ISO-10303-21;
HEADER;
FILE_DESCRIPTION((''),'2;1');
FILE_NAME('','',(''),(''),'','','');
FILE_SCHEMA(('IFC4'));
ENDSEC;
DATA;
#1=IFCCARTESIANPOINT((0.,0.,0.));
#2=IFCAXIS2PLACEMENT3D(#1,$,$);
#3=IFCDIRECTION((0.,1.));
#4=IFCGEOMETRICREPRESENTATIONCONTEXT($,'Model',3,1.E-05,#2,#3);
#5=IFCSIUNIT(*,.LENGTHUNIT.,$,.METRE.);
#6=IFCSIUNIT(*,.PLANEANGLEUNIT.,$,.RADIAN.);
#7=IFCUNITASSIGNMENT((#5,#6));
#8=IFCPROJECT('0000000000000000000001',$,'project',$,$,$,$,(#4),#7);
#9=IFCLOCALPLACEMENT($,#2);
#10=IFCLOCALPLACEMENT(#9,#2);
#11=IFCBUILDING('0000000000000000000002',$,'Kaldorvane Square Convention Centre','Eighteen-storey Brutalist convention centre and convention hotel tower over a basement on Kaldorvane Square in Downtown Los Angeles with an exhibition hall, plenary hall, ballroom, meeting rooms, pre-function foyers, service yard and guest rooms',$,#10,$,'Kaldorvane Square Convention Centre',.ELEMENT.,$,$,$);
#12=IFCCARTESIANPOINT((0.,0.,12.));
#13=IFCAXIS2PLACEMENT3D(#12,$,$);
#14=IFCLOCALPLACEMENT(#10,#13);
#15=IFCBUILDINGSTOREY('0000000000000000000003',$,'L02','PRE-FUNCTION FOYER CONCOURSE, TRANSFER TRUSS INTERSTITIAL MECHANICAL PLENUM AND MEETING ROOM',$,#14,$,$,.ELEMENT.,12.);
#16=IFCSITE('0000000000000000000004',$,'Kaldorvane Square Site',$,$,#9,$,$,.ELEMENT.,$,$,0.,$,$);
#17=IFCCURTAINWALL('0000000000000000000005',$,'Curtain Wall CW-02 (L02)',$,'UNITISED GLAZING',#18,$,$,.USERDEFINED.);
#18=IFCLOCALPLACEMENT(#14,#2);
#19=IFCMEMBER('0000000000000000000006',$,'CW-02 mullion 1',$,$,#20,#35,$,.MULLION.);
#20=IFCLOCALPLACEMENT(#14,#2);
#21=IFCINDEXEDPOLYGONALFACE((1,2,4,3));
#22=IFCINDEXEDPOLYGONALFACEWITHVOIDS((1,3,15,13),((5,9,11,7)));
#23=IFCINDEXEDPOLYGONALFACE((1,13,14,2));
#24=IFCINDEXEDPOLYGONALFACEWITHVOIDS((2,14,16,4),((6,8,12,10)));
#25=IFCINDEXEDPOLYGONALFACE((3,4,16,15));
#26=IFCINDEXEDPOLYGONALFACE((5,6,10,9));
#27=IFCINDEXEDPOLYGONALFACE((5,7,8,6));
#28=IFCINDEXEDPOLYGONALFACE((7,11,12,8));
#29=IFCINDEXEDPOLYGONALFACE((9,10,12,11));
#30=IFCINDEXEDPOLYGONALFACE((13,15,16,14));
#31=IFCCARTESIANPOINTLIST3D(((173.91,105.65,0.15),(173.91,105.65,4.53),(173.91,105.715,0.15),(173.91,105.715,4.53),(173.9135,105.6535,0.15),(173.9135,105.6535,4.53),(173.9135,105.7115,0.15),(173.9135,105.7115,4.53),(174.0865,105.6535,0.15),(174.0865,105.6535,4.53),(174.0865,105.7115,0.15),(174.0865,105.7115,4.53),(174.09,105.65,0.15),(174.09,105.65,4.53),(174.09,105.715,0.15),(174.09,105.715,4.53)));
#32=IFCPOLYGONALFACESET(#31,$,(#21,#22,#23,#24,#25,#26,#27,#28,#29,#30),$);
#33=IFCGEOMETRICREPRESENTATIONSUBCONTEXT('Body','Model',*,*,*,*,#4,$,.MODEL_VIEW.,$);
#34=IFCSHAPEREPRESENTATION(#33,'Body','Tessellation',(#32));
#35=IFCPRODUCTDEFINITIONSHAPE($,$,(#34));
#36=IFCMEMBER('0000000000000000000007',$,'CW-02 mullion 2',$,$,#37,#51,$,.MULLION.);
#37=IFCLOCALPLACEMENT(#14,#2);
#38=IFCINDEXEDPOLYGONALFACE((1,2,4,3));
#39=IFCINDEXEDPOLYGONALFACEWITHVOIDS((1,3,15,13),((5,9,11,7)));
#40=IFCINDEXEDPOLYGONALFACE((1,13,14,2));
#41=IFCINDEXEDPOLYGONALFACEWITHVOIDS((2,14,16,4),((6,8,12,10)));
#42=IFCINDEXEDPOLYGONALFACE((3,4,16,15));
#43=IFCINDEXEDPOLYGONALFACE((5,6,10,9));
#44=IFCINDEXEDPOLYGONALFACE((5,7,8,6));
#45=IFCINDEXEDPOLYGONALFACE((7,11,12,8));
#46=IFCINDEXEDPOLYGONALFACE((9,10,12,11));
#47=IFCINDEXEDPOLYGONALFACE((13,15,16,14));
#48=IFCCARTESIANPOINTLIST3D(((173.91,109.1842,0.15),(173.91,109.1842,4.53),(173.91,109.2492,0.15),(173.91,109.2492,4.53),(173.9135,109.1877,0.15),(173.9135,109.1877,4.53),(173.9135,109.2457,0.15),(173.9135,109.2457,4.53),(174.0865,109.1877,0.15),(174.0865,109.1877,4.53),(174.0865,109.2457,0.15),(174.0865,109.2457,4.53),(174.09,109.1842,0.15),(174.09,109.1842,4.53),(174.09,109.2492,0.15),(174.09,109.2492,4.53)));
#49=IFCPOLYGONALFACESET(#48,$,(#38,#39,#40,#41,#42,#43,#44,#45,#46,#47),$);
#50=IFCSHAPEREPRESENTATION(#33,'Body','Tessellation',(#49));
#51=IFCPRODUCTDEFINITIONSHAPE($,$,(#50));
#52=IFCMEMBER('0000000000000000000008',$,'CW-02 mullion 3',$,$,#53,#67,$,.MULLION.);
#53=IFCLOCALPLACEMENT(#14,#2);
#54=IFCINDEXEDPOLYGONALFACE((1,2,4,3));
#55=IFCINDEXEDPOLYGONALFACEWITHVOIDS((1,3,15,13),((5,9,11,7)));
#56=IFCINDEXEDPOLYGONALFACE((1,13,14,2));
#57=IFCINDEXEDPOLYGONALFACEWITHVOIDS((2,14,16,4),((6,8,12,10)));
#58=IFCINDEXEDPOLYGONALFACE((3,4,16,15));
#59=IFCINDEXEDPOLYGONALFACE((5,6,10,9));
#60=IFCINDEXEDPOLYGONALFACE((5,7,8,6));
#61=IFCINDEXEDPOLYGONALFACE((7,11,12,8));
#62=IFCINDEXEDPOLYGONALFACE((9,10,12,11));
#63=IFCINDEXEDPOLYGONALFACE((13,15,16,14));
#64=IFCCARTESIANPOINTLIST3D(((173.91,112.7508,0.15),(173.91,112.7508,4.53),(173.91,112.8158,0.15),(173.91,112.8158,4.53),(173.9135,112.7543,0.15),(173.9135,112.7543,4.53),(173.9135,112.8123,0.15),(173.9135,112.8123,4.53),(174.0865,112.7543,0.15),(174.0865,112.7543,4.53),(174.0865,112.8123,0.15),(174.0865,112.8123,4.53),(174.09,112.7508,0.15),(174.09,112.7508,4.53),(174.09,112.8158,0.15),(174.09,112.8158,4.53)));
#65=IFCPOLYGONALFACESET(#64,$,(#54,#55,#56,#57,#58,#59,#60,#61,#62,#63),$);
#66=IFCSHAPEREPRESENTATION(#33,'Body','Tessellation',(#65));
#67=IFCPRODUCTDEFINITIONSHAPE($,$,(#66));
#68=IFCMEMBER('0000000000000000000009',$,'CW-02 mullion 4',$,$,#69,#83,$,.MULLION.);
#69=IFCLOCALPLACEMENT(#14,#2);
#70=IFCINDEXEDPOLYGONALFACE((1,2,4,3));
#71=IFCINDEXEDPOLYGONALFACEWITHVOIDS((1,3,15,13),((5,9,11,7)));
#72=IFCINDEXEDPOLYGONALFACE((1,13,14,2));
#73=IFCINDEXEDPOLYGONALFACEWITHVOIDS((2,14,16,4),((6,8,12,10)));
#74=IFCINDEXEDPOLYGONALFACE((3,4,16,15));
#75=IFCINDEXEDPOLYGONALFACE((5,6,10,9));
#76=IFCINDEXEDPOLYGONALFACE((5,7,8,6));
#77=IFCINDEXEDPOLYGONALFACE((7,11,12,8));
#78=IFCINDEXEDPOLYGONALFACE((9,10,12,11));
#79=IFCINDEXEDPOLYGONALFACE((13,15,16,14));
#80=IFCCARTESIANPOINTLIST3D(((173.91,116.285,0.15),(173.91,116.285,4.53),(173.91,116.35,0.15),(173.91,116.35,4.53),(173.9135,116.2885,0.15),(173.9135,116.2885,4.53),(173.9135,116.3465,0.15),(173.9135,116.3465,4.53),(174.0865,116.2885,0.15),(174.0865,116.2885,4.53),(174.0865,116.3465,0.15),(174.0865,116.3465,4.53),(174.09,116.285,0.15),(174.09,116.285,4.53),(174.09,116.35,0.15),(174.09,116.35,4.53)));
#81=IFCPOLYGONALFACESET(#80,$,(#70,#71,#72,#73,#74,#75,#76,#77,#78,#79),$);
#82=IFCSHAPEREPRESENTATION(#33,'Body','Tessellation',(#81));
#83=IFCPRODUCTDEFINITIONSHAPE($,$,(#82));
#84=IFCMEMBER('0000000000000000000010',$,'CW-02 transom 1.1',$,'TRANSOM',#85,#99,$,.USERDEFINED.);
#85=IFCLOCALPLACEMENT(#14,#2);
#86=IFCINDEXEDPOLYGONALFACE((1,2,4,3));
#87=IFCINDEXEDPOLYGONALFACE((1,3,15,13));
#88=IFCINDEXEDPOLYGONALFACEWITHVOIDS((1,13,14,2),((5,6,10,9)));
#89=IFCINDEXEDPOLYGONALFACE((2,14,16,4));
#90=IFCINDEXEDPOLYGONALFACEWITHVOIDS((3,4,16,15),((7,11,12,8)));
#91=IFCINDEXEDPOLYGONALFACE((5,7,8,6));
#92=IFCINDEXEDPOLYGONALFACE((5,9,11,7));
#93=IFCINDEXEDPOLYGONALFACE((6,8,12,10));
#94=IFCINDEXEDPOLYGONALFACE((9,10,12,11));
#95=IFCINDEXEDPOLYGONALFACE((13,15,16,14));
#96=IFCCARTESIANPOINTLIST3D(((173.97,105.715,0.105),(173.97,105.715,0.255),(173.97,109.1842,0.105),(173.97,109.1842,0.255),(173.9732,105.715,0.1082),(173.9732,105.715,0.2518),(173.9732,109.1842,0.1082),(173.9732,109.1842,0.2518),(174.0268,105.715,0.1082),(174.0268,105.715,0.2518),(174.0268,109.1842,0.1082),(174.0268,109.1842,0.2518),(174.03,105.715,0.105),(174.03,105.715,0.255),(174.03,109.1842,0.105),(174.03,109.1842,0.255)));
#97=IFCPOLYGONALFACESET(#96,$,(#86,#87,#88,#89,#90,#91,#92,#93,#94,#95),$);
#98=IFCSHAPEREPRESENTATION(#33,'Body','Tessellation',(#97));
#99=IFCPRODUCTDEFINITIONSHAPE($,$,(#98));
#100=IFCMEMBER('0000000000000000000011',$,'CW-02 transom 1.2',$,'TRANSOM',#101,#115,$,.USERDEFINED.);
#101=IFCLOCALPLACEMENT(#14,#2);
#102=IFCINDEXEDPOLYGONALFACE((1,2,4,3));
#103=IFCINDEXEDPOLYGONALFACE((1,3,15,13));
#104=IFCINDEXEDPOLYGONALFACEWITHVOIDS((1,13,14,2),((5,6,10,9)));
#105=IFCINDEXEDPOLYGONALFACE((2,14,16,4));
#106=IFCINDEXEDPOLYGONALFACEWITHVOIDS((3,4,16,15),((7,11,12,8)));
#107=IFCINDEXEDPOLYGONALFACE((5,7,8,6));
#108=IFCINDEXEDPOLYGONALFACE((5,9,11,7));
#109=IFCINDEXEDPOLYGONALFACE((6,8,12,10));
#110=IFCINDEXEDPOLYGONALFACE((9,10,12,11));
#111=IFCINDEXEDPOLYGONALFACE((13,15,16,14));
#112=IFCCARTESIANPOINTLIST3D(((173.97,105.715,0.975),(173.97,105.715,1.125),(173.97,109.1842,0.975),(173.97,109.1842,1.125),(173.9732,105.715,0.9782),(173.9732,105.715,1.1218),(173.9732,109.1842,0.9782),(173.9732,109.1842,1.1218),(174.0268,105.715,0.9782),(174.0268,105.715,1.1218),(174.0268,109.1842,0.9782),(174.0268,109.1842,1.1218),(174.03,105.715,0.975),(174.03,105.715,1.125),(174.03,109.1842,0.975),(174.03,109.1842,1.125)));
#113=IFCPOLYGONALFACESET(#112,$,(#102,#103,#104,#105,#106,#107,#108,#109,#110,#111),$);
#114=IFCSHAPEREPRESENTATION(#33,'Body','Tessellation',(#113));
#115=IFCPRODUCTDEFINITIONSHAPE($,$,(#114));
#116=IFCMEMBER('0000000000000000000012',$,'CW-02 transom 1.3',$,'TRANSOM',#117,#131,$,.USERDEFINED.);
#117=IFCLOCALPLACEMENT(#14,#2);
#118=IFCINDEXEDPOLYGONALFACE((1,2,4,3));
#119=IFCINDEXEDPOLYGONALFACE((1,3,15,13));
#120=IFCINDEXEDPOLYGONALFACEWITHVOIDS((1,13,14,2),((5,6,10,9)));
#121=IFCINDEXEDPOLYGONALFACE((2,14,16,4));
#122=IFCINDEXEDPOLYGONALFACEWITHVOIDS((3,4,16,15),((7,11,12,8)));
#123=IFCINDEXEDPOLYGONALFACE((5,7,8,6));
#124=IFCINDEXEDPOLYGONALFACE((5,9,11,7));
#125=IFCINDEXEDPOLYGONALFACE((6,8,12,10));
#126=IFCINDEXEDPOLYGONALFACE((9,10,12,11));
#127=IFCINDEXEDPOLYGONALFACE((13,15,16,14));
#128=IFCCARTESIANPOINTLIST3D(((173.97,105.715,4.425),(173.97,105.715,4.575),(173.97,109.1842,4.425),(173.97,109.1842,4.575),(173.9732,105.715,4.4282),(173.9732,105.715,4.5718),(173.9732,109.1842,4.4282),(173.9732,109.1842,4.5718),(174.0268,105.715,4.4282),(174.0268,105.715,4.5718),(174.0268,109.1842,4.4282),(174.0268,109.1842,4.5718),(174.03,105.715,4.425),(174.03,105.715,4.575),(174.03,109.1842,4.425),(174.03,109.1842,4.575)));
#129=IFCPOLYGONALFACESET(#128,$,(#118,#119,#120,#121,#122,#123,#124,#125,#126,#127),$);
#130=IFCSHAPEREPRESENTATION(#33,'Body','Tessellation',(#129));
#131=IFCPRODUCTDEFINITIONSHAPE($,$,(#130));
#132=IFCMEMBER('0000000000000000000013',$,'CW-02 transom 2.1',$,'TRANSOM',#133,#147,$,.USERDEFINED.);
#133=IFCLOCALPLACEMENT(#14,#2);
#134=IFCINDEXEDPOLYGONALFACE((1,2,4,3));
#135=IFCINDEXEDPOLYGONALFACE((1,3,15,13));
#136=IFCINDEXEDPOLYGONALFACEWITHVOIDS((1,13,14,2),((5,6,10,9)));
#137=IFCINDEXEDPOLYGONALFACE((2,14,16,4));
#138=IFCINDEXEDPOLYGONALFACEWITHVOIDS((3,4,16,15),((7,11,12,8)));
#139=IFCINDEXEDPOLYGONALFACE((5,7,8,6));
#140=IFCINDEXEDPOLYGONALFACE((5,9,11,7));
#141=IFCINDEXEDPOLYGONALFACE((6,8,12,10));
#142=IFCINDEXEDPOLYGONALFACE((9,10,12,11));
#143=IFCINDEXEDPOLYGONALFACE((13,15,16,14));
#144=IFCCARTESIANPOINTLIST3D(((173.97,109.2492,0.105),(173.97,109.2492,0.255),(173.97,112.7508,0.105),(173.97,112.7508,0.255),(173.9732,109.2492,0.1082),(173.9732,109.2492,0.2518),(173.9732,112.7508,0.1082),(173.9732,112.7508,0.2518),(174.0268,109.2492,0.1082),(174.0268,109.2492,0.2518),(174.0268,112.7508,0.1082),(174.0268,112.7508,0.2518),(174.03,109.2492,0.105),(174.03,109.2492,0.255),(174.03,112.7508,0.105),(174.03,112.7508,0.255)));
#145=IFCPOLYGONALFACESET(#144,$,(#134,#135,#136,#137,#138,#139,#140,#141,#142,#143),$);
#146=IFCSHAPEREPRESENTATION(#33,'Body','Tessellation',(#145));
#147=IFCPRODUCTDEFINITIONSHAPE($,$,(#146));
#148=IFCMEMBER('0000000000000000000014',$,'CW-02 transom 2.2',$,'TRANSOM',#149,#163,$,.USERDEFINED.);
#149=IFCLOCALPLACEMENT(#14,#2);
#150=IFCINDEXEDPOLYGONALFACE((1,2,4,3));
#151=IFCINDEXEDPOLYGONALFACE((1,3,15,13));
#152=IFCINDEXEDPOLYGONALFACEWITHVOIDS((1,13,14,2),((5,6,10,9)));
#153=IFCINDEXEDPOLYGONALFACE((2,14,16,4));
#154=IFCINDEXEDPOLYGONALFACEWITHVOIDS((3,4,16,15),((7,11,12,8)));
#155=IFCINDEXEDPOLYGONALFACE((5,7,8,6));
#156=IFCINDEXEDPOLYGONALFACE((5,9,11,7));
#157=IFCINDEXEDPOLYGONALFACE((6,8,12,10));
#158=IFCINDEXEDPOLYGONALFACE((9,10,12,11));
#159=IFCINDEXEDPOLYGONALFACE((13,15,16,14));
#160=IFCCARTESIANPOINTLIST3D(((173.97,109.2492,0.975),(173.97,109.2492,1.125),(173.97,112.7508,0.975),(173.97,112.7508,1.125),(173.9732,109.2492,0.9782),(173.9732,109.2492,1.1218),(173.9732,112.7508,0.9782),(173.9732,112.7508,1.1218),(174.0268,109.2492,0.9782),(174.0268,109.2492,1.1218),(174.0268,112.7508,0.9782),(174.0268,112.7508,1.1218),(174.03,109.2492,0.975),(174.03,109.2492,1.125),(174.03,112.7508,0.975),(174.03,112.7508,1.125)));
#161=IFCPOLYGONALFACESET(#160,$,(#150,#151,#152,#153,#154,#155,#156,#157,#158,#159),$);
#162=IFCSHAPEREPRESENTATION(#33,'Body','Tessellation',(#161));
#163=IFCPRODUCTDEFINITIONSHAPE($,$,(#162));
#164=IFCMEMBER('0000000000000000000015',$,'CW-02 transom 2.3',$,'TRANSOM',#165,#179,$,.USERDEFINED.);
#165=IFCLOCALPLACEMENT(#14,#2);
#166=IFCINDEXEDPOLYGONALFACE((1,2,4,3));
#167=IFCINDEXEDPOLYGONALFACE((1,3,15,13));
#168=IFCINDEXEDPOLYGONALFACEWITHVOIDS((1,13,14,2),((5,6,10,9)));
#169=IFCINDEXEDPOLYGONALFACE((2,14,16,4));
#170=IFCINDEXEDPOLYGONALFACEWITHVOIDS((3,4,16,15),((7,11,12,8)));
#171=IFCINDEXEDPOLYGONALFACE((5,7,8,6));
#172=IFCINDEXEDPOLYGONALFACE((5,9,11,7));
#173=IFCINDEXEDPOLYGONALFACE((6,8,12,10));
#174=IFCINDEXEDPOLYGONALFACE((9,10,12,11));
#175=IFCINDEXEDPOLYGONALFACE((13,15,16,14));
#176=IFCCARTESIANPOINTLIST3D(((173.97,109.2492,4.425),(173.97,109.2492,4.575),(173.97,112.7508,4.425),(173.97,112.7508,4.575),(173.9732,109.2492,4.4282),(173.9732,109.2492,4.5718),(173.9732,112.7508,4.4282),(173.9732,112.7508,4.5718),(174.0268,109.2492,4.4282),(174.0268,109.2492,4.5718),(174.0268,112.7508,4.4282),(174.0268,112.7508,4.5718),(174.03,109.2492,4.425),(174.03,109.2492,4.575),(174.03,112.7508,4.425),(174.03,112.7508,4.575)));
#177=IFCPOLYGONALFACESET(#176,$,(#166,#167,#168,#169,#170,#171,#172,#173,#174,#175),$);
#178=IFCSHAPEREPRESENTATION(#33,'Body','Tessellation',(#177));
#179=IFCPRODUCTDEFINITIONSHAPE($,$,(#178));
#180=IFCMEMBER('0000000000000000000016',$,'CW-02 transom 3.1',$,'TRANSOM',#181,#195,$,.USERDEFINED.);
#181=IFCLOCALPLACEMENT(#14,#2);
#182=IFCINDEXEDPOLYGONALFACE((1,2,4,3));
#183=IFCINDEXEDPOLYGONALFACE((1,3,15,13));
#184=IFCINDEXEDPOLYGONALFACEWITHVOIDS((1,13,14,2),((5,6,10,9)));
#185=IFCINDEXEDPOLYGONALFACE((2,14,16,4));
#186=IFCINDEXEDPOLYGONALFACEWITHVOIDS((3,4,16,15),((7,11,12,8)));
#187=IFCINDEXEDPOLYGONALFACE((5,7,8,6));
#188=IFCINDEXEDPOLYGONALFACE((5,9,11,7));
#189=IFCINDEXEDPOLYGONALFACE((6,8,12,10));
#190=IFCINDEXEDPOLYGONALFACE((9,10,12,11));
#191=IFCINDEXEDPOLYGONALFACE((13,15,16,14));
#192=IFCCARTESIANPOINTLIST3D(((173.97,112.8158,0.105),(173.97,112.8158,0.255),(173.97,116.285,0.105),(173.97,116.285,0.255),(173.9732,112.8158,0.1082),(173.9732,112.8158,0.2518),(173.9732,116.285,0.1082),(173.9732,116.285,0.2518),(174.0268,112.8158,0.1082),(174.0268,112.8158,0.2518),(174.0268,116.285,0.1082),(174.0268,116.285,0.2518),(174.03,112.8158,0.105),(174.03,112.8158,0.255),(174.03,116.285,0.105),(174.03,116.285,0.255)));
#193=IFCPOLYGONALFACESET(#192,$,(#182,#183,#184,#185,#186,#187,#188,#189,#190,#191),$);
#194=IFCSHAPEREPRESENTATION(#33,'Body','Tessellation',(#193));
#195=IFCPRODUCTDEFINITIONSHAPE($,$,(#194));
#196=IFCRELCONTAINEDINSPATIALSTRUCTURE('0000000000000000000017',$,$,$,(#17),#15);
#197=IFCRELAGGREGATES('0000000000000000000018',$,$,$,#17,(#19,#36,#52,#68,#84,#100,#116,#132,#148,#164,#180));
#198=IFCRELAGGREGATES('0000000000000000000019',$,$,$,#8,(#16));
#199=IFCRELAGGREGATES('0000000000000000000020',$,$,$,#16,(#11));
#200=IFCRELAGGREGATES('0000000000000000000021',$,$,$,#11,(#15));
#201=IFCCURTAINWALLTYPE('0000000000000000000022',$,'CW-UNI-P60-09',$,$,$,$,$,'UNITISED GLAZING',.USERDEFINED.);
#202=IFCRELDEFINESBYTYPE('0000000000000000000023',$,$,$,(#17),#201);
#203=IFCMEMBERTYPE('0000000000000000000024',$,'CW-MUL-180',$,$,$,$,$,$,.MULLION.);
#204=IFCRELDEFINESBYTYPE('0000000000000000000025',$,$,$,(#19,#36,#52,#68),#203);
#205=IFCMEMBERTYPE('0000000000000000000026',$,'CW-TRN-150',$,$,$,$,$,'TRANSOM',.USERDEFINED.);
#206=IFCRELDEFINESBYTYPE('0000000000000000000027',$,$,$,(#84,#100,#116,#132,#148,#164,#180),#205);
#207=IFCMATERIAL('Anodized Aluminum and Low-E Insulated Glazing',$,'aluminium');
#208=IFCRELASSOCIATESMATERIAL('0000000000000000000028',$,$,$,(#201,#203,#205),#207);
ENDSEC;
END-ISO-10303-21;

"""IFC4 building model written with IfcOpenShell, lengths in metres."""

from ifc_helpers import new_model, si_unit, direction, frame, origin, origin_2d, place, context, subcontext, project, spatial, hollow_rectangle, extrude, material, material_profile, profile_set, type_object, element, aggregate, save


model = new_model("IFC4")

# Units and contexts
model_context = context("Model", 3, precision=1e-05, world=origin(), true_north=direction((0.0, 1.0)))
body_context = subcontext(model_context, "Body", "Model", "MODEL_VIEW")
ifc_project = project(units=[si_unit("LENGTHUNIT", "METRE"), si_unit("PLANEANGLEUNIT", "RADIAN")], contexts=[model_context])

# Site, building, storey
site_placement = place(None, origin())
site = spatial("IfcSite", under=ifc_project, at=site_placement, Name="Kaldorvane Square Site", CompositionType="ELEMENT", RefElevation=0.0)
building_placement = place(site_placement, origin())
building = spatial("IfcBuilding", under=site, at=building_placement, Name="Kaldorvane Square Convention Centre", Description="Eighteen-storey Brutalist convention centre and convention hotel tower over a basement on Kaldorvane Square in Downtown Los Angeles with an exhibition hall, plenary hall, ballroom, meeting rooms, pre-function foyers, service yard and guest rooms", LongName="Kaldorvane Square Convention Centre", CompositionType="ELEMENT")
storey_placement = place(building_placement, frame((0.0, 0.0, 12.0)))
storey = spatial("IfcBuildingStorey", under=building, at=storey_placement, Name="L02", Description="PRE-FUNCTION FOYER CONCOURSE, TRANSFER TRUSS INTERSTITIAL MECHANICAL PLENUM AND MEETING ROOM", CompositionType="ELEMENT", Elevation=12.0)

# Curtain wall, members
ifc_material_1 = material(Name="Anodized Aluminum and Low-E Insulated Glazing", Category="aluminium")
curtain_wall_type = type_object("IfcCurtainWallType", Name="CW-UNI-P60-09", ElementType="UNITISED GLAZING", PredefinedType="USERDEFINED", material=ifc_material_1)
curtain_wall_placement = place(storey_placement, origin())
curtain_wall = element("IfcCurtainWall", 1, at=curtain_wall_placement, inside=storey, type_object=curtain_wall_type, Name="Curtain Wall CW-02 (L02)", ObjectType="UNITISED GLAZING", PredefinedType="USERDEFINED")
ifc_material_profile_1 = material_profile(ifc_material_1, hollow_rectangle(XDim=0.065, YDim=0.18, WallThickness=0.0035, at=origin_2d()), Name="CWM-180X65")
ifc_profile_set_1 = profile_set([ifc_material_profile_1], Name="Anodized Aluminum and Low-E Insulated Glazing")
member_type_1 = type_object("IfcMemberType", Name="CW-MUL-180", PredefinedType="MULLION", material=ifc_profile_set_1)
member_1_placement = place(storey_placement, frame((174.0, 105.6825, 0.15), z_axis=(0.0, 0.0, 1.0), x_axis=(0.0, 1.0, 0.0)))
member_1 = element("IfcMember", 2, at=member_1_placement, type_object=member_type_1, Name="CW-02 mullion 1", PredefinedType="MULLION", context=body_context, shape_type="SweptSolid", body=[
    extrude(hollow_rectangle(XDim=0.065, YDim=0.18, WallThickness=0.0035, at=origin_2d()), origin(), (0.0, 0.0, 1.0), 4.38),
])
member_2_placement = place(storey_placement, frame((174.0, 109.2167, 0.15), z_axis=(0.0, 0.0, 1.0), x_axis=(0.0, 1.0, 0.0)))
member_2 = element("IfcMember", 3, at=member_2_placement, type_object=member_type_1, Name="CW-02 mullion 2", PredefinedType="MULLION", context=body_context, shape_type="SweptSolid", body=[
    extrude(hollow_rectangle(XDim=0.065, YDim=0.18, WallThickness=0.0035, at=origin_2d()), origin(), (0.0, 0.0, 1.0), 4.38),
])
member_3_placement = place(storey_placement, frame((174.0, 112.7833, 0.15), z_axis=(0.0, 0.0, 1.0), x_axis=(0.0, 1.0, 0.0)))
member_3 = element("IfcMember", 4, at=member_3_placement, type_object=member_type_1, Name="CW-02 mullion 3", PredefinedType="MULLION", context=body_context, shape_type="SweptSolid", body=[
    extrude(hollow_rectangle(XDim=0.065, YDim=0.18, WallThickness=0.0035, at=origin_2d()), origin(), (0.0, 0.0, 1.0), 4.38),
])
member_4_placement = place(storey_placement, frame((174.0, 116.3175, 0.15), z_axis=(0.0, 0.0, 1.0), x_axis=(0.0, 1.0, 0.0)))
member_4 = element("IfcMember", 5, at=member_4_placement, type_object=member_type_1, Name="CW-02 mullion 4", PredefinedType="MULLION", context=body_context, shape_type="SweptSolid", body=[
    extrude(hollow_rectangle(XDim=0.065, YDim=0.18, WallThickness=0.0035, at=origin_2d()), origin(), (0.0, 0.0, 1.0), 4.38),
])
ifc_material_profile_2 = material_profile(ifc_material_1, hollow_rectangle(XDim=0.06, YDim=0.15, WallThickness=0.0032, at=origin_2d()), Name="CWT-150X60")
ifc_profile_set_2 = profile_set([ifc_material_profile_2], Name="Anodized Aluminum and Low-E Insulated Glazing")
member_type_2 = type_object("IfcMemberType", Name="CW-TRN-150", ElementType="TRANSOM", PredefinedType="USERDEFINED", material=ifc_profile_set_2)
member_5_placement = place(storey_placement, frame((174.0, 105.715, 0.18), z_axis=(0.0, 1.0, 0.0), x_axis=(-1.0, 0.0, 0.0)))
member_5 = element("IfcMember", 6, at=member_5_placement, type_object=member_type_2, Name="CW-02 transom 1.1", ObjectType="TRANSOM", PredefinedType="USERDEFINED", context=body_context, shape_type="SweptSolid", body=[
    extrude(hollow_rectangle(XDim=0.06, YDim=0.15, WallThickness=0.0032, at=origin_2d()), origin(), (0.0, 0.0, 1.0), 3.4692),
])
member_6_placement = place(storey_placement, frame((174.0, 105.715, 1.05), z_axis=(0.0, 1.0, 0.0), x_axis=(-1.0, 0.0, 0.0)))
member_6 = element("IfcMember", 7, at=member_6_placement, type_object=member_type_2, Name="CW-02 transom 1.2", ObjectType="TRANSOM", PredefinedType="USERDEFINED", context=body_context, shape_type="SweptSolid", body=[
    extrude(hollow_rectangle(XDim=0.06, YDim=0.15, WallThickness=0.0032, at=origin_2d()), origin(), (0.0, 0.0, 1.0), 3.4692),
])
member_7_placement = place(storey_placement, frame((174.0, 105.715, 4.5), z_axis=(0.0, 1.0, 0.0), x_axis=(-1.0, 0.0, 0.0)))
member_7 = element("IfcMember", 8, at=member_7_placement, type_object=member_type_2, Name="CW-02 transom 1.3", ObjectType="TRANSOM", PredefinedType="USERDEFINED", context=body_context, shape_type="SweptSolid", body=[
    extrude(hollow_rectangle(XDim=0.06, YDim=0.15, WallThickness=0.0032, at=origin_2d()), origin(), (0.0, 0.0, 1.0), 3.4692),
])
member_8_placement = place(storey_placement, frame((174.0, 109.2492, 0.18), z_axis=(0.0, 1.0, 0.0), x_axis=(-1.0, 0.0, 0.0)))
member_8 = element("IfcMember", 9, at=member_8_placement, type_object=member_type_2, Name="CW-02 transom 2.1", ObjectType="TRANSOM", PredefinedType="USERDEFINED", context=body_context, shape_type="SweptSolid", body=[
    extrude(hollow_rectangle(XDim=0.06, YDim=0.15, WallThickness=0.0032, at=origin_2d()), origin(), (0.0, 0.0, 1.0), 3.5017),
])
member_9_placement = place(storey_placement, frame((174.0, 109.2492, 1.05), z_axis=(0.0, 1.0, 0.0), x_axis=(-1.0, 0.0, 0.0)))
member_9 = element("IfcMember", 10, at=member_9_placement, type_object=member_type_2, Name="CW-02 transom 2.2", ObjectType="TRANSOM", PredefinedType="USERDEFINED", context=body_context, shape_type="SweptSolid", body=[
    extrude(hollow_rectangle(XDim=0.06, YDim=0.15, WallThickness=0.0032, at=origin_2d()), origin(), (0.0, 0.0, 1.0), 3.5017),
])
member_10_placement = place(storey_placement, frame((174.0, 109.2492, 4.5), z_axis=(0.0, 1.0, 0.0), x_axis=(-1.0, 0.0, 0.0)))
member_10 = element("IfcMember", 11, at=member_10_placement, type_object=member_type_2, Name="CW-02 transom 2.3", ObjectType="TRANSOM", PredefinedType="USERDEFINED", context=body_context, shape_type="SweptSolid", body=[
    extrude(hollow_rectangle(XDim=0.06, YDim=0.15, WallThickness=0.0032, at=origin_2d()), origin(), (0.0, 0.0, 1.0), 3.5017),
])
member_11_placement = place(storey_placement, frame((174.0, 112.8158, 0.18), z_axis=(0.0, 1.0, 0.0), x_axis=(-1.0, 0.0, 0.0)))
member_11 = element("IfcMember", 12, at=member_11_placement, type_object=member_type_2, Name="CW-02 transom 3.1", ObjectType="TRANSOM", PredefinedType="USERDEFINED", context=body_context, shape_type="SweptSolid", body=[
    extrude(hollow_rectangle(XDim=0.06, YDim=0.15, WallThickness=0.0032, at=origin_2d()), origin(), (0.0, 0.0, 1.0), 3.4692),
])

aggregate(curtain_wall, [member_1, member_2, member_3, member_4, member_5, member_6, member_7, member_8, member_9, member_10, member_11])

save(model, "model.ifc")
